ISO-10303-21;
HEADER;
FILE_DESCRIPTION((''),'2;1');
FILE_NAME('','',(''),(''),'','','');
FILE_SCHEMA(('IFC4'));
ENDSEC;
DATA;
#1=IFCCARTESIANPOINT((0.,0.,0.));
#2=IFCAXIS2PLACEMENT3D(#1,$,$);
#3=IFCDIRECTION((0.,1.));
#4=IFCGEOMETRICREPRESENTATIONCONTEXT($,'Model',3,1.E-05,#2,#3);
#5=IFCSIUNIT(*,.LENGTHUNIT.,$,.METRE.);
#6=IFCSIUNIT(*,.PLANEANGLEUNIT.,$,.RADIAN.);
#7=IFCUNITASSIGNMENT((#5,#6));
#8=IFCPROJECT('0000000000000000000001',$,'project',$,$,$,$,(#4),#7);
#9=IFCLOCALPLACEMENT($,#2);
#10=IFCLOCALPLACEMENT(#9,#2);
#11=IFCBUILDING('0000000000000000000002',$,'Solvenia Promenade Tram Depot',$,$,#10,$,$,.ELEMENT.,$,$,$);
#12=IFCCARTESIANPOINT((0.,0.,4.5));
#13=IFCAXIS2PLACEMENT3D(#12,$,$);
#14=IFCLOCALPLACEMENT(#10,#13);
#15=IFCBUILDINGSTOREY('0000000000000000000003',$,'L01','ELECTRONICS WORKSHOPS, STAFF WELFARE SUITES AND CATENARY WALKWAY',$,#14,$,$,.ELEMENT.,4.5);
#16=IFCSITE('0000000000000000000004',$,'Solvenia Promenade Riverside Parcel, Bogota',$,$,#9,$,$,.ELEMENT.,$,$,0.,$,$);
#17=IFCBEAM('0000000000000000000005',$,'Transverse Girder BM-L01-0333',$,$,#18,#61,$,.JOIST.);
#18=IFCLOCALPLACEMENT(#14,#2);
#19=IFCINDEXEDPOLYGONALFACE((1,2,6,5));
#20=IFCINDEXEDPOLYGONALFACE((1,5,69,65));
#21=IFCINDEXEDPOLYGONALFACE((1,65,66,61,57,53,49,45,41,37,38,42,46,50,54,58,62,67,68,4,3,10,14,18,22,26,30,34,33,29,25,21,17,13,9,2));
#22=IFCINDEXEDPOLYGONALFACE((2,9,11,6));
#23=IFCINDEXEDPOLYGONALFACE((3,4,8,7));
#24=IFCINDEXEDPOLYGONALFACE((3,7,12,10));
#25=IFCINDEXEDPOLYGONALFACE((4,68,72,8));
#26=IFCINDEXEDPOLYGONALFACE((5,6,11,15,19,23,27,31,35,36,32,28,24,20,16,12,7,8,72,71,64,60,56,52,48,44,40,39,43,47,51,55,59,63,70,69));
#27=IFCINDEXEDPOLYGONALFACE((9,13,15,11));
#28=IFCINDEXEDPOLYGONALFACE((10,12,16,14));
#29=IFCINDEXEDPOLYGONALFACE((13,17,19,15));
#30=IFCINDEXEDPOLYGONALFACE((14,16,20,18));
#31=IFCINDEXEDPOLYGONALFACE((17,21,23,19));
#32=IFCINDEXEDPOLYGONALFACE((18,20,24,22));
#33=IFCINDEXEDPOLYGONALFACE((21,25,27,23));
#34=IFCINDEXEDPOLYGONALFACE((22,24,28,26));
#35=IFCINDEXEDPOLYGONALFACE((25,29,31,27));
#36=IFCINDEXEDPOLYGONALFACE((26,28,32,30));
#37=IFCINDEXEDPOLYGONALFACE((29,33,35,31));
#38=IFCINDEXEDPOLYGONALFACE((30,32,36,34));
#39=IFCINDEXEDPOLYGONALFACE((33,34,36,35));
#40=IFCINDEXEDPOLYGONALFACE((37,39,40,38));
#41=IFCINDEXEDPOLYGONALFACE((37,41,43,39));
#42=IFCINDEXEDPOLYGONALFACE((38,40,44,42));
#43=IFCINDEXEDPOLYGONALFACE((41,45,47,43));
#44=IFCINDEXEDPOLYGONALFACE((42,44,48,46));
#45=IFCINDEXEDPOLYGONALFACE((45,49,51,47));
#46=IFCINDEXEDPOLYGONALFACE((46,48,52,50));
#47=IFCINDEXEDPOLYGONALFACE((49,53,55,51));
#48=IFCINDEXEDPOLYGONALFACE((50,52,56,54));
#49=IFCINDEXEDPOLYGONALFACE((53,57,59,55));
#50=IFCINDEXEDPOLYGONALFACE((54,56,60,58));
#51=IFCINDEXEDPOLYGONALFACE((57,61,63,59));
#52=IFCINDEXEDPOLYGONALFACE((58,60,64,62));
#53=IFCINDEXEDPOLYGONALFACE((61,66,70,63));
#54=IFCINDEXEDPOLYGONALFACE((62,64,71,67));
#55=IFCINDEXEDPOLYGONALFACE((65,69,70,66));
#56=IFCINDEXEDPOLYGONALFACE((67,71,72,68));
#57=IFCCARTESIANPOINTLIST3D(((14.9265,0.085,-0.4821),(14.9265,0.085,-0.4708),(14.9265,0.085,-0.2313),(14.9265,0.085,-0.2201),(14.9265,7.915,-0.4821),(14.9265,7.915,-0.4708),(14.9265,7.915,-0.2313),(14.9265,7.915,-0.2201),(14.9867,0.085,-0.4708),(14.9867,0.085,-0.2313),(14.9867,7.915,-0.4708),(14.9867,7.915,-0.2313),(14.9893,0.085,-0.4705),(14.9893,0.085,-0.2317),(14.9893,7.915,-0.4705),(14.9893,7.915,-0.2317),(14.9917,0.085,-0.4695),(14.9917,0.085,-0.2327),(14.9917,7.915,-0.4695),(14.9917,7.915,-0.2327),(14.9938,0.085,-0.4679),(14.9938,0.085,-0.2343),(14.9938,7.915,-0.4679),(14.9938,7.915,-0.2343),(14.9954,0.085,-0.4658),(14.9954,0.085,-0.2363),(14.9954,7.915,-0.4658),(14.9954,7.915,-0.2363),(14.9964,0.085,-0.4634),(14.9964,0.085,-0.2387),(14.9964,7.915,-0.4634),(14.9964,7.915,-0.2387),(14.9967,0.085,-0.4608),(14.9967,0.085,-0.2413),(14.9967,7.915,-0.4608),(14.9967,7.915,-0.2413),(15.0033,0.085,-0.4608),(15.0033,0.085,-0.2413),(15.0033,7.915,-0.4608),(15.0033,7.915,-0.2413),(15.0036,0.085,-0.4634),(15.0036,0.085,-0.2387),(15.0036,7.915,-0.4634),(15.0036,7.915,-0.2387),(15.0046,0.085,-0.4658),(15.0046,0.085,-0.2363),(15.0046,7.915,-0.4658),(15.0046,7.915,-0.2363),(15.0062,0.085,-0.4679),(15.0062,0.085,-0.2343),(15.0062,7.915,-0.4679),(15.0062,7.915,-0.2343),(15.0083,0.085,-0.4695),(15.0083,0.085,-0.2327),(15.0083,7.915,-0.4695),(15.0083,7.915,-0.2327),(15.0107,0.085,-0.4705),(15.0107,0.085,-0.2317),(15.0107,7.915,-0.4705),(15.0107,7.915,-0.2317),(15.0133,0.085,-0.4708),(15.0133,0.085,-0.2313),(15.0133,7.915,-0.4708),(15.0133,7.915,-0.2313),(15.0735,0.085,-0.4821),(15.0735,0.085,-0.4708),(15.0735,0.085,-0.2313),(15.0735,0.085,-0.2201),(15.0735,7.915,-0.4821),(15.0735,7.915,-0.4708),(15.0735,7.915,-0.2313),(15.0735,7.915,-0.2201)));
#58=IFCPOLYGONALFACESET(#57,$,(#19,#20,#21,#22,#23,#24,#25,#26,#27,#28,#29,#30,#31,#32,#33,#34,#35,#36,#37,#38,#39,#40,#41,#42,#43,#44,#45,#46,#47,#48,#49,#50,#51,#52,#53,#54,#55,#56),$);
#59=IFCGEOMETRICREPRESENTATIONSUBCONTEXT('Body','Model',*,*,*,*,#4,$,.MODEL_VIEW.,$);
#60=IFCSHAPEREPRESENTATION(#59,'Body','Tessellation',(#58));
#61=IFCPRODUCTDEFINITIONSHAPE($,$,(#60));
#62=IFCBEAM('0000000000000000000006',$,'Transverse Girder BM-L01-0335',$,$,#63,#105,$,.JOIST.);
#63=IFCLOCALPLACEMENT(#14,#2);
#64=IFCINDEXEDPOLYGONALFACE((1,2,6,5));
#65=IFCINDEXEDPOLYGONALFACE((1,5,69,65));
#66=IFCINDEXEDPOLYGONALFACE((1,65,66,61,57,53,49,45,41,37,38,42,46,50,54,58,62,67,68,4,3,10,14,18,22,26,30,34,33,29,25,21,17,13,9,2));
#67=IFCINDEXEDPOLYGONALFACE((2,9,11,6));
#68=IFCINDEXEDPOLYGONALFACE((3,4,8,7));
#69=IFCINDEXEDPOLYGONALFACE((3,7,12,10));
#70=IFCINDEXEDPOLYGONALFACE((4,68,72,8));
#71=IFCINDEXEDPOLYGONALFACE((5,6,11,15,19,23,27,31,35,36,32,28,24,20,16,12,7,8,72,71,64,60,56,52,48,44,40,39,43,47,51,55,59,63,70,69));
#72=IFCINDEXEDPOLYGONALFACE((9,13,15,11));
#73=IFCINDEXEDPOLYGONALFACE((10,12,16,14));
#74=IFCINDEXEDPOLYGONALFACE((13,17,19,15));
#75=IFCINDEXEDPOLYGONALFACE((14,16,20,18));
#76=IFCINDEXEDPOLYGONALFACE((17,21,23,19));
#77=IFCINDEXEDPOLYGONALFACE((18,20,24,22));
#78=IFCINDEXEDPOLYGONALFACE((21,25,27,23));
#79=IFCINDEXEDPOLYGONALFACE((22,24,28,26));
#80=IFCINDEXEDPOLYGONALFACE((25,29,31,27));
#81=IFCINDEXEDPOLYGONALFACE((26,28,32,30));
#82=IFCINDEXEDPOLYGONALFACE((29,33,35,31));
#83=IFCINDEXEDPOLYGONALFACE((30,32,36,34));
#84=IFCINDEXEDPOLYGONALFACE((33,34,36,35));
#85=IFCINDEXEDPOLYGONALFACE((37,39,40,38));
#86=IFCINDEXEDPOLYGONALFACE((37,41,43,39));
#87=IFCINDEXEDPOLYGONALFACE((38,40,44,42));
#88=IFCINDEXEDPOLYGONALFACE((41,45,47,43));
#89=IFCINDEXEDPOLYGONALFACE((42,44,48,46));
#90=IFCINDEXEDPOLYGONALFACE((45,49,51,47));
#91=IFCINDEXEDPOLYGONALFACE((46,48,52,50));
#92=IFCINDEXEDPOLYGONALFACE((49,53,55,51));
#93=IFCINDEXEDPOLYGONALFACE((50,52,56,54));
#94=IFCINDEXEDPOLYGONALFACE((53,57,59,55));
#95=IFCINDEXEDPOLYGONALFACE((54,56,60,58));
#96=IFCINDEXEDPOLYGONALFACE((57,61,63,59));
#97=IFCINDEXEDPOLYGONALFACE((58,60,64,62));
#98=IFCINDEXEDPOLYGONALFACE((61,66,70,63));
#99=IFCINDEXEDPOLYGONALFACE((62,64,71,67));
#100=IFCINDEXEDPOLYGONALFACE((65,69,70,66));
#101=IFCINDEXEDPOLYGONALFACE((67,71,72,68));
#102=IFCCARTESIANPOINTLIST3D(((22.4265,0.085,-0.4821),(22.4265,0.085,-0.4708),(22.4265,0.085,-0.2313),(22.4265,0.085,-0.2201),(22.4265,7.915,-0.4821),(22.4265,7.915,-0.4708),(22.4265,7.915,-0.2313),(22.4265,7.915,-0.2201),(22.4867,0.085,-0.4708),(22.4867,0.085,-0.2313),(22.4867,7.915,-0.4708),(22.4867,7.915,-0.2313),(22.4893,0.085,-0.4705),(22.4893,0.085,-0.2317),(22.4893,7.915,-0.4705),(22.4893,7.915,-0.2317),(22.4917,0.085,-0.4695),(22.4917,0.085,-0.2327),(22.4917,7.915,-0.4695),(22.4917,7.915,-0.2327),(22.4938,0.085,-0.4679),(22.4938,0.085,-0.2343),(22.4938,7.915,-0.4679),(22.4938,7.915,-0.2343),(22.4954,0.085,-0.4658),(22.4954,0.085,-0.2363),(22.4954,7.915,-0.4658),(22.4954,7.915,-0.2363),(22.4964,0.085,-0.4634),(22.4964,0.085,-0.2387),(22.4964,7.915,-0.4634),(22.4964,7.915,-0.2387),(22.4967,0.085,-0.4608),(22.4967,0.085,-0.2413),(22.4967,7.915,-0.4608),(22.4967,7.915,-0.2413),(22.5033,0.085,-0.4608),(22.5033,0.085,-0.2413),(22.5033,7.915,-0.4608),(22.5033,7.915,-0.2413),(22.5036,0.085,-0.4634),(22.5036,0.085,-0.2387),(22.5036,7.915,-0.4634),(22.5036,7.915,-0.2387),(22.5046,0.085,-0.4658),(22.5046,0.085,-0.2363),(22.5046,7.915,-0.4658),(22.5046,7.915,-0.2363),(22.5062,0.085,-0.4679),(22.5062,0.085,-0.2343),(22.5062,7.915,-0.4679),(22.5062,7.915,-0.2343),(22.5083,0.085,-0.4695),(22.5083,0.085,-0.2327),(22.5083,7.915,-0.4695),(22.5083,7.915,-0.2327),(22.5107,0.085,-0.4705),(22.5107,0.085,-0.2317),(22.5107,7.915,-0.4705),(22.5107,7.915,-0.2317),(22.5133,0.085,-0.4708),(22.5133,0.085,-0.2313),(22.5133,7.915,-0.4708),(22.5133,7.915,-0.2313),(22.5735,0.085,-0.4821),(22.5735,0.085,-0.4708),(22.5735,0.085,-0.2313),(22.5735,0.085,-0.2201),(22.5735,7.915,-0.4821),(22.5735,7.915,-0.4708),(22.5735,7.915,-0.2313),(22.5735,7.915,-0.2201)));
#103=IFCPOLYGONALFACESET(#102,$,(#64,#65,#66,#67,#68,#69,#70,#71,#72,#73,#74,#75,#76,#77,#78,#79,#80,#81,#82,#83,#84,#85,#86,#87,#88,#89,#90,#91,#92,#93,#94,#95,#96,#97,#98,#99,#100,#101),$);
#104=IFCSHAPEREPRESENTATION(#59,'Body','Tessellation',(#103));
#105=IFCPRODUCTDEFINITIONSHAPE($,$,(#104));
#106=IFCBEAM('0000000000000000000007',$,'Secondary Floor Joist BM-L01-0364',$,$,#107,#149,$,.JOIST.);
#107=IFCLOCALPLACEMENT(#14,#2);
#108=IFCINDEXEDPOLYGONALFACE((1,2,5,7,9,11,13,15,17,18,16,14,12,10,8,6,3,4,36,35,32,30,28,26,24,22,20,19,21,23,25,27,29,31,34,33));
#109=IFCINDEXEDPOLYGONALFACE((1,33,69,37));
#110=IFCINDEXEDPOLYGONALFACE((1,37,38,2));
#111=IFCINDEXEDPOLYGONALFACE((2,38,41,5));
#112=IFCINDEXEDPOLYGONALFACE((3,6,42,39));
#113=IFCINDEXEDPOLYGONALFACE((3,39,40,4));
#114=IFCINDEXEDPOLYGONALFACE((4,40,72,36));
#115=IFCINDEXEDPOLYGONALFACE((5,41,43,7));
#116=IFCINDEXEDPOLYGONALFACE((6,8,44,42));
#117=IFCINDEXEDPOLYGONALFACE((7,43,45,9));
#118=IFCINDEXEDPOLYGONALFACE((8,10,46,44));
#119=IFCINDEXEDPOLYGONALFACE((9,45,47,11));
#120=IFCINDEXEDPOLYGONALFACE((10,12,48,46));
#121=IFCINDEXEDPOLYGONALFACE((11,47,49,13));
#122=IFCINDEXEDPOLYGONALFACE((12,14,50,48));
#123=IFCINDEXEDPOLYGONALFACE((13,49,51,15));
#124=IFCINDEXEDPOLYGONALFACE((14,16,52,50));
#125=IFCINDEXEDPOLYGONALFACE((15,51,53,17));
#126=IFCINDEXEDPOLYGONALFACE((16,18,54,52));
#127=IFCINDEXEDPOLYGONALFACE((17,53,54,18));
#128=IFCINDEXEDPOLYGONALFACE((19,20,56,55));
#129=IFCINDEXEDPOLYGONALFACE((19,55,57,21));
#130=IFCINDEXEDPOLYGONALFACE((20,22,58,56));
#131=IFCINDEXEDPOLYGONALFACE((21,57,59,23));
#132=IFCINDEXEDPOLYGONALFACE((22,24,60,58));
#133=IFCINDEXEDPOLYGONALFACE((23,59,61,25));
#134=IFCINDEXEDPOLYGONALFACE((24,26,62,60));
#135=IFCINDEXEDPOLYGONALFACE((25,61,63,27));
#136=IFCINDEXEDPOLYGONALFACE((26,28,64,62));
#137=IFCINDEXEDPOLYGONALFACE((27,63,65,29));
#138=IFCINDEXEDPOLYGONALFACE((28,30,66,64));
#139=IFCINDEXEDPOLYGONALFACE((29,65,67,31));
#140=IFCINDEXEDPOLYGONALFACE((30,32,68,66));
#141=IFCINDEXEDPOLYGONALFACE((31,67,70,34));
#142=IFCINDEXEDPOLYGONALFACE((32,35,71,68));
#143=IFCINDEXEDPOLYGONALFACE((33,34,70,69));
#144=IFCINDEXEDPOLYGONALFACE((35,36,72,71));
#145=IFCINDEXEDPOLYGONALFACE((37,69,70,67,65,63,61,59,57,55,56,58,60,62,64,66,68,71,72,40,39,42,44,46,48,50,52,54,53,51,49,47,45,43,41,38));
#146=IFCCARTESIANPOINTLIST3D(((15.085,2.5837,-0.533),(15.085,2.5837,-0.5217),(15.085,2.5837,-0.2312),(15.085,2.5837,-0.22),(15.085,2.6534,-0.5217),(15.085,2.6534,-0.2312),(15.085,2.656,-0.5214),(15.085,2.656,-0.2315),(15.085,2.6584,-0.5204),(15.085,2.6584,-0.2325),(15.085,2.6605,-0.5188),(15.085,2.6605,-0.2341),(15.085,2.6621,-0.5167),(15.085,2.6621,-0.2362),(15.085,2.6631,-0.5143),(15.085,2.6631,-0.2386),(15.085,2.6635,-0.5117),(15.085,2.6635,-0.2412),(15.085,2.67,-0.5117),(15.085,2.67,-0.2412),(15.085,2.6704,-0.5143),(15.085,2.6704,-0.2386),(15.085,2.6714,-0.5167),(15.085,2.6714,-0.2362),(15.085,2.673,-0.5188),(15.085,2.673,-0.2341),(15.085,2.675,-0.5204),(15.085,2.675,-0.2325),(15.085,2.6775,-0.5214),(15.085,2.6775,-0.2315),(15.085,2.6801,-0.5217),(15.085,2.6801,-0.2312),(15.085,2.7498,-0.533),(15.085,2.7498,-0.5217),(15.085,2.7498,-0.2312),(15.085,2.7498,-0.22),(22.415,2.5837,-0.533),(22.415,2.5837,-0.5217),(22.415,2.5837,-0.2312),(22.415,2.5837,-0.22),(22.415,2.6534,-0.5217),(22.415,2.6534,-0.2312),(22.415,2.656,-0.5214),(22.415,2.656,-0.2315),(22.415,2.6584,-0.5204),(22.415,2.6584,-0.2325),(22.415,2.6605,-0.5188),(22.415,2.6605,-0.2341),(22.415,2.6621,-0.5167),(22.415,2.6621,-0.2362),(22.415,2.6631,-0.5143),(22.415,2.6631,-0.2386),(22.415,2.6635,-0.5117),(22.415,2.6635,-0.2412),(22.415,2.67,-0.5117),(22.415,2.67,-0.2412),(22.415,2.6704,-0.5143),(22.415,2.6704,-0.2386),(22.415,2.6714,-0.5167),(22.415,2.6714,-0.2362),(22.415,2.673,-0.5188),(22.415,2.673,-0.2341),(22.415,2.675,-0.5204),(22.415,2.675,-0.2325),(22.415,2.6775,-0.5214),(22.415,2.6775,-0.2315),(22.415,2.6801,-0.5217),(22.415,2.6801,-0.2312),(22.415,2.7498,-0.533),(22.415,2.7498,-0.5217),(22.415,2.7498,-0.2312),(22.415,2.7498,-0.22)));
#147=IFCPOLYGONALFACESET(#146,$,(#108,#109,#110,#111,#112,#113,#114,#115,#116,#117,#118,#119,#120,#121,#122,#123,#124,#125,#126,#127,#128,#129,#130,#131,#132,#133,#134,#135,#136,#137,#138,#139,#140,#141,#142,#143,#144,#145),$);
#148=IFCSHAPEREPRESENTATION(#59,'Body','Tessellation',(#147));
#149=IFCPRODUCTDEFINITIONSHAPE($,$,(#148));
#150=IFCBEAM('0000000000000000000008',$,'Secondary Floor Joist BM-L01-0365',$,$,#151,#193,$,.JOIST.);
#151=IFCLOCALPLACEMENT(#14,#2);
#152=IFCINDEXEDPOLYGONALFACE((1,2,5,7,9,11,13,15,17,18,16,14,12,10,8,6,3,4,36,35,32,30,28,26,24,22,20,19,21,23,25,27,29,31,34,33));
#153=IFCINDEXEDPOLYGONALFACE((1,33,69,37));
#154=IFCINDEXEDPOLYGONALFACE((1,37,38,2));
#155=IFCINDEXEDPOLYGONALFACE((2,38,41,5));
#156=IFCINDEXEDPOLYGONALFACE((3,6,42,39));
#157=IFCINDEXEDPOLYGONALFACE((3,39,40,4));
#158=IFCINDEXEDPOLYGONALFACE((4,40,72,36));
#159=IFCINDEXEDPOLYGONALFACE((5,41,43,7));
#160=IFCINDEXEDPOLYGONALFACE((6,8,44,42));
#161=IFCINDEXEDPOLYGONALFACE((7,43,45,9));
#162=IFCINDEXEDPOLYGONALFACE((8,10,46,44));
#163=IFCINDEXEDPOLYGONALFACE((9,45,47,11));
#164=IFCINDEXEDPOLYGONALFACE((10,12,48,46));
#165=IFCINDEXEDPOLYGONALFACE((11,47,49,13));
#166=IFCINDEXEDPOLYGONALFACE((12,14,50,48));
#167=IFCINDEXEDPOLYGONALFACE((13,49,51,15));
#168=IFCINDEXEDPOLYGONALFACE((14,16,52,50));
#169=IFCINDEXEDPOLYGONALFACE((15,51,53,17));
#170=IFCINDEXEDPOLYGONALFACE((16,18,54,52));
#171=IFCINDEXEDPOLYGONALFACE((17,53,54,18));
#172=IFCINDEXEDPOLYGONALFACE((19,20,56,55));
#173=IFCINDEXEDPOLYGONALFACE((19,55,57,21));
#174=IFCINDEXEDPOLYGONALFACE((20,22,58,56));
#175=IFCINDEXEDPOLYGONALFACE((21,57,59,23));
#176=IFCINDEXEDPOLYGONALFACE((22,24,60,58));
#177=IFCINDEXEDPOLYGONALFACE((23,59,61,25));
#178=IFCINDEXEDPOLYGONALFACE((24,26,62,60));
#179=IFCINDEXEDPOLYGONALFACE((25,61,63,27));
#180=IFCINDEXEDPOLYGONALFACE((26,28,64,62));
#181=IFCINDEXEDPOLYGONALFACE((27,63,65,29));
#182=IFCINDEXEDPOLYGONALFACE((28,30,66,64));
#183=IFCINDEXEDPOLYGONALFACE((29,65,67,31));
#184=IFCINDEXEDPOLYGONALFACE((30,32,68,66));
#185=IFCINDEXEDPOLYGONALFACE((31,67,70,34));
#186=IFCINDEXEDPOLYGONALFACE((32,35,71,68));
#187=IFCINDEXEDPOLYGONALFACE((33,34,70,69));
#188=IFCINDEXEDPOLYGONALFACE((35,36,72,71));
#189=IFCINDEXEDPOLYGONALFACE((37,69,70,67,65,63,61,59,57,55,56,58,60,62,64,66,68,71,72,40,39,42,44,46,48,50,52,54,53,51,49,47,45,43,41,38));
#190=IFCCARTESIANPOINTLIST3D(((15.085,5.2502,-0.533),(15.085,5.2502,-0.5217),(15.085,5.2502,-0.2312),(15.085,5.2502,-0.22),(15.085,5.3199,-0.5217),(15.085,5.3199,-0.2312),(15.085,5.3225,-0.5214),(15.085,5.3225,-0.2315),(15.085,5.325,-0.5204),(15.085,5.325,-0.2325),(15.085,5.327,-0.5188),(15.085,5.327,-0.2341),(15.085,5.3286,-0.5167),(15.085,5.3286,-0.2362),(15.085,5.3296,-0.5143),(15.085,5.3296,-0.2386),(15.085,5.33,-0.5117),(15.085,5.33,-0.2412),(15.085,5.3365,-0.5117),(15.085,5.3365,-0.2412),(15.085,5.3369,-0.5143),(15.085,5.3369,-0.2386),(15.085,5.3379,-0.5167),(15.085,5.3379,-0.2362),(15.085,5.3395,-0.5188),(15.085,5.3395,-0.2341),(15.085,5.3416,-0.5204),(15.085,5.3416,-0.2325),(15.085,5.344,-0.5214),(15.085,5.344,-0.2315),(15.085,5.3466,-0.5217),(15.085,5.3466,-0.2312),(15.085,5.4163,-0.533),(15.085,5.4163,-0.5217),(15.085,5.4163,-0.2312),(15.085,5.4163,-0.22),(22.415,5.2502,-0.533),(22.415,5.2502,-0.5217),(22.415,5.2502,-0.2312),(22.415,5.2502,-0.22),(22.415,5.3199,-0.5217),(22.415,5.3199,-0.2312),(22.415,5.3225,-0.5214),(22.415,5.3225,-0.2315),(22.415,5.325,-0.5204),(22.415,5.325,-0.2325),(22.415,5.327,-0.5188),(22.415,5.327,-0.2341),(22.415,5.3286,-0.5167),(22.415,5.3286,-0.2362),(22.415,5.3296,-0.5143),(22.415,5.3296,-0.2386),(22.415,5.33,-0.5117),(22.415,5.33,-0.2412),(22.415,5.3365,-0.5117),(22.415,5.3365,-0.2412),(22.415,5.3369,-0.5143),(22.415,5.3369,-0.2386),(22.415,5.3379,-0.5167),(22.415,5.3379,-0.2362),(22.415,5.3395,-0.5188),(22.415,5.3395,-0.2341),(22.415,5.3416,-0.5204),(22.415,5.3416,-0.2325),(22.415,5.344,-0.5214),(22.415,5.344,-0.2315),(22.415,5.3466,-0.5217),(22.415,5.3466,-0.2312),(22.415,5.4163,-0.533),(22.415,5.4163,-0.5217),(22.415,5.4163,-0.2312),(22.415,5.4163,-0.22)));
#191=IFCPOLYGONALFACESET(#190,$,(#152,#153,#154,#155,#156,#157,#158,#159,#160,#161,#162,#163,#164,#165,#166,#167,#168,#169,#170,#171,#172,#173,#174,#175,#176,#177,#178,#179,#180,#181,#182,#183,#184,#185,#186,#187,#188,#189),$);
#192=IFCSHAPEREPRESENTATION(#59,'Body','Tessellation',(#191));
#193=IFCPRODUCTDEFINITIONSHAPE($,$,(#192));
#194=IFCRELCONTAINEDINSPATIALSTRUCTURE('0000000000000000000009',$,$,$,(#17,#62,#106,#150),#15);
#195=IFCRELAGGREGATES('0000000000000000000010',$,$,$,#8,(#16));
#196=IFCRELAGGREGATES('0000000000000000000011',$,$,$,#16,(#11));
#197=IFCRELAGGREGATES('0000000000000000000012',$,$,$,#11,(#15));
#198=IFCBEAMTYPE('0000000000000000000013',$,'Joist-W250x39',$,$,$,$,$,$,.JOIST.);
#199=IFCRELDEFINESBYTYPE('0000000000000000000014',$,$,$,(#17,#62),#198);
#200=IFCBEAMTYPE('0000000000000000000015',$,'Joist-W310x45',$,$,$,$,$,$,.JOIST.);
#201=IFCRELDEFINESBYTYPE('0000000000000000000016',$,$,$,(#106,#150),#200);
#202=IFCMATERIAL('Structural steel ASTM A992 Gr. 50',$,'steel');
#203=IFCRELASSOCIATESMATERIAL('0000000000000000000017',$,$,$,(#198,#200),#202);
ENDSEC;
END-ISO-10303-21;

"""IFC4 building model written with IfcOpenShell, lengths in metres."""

from ifc_helpers import new_model, si_unit, direction, frame, origin, origin_2d, place, context, subcontext, project, spatial, i_section, extrude, material, material_profile, profile_set, type_object, element, save


model = new_model("IFC4")

# Units and contexts
model_context = context("Model", 3, precision=1e-05, world=origin(), true_north=direction((0.0, 1.0)))
body_context = subcontext(model_context, "Body", "Model", "MODEL_VIEW")
ifc_project = project(units=[si_unit("LENGTHUNIT", "METRE"), si_unit("PLANEANGLEUNIT", "RADIAN")], contexts=[model_context])

# Site, building, storey
site_placement = place(None, origin())
site = spatial("IfcSite", under=ifc_project, at=site_placement, Name="Solvenia Promenade Riverside Parcel, Bogota", CompositionType="ELEMENT", RefElevation=0.0)
building_placement = place(site_placement, origin())
building = spatial("IfcBuilding", under=site, at=building_placement, Name="Solvenia Promenade Tram Depot", CompositionType="ELEMENT")
storey_placement = place(building_placement, frame((0.0, 0.0, 4.5)))
storey = spatial("IfcBuildingStorey", under=building, at=storey_placement, Name="L01", Description="ELECTRONICS WORKSHOPS, STAFF WELFARE SUITES AND CATENARY WALKWAY", CompositionType="ELEMENT", Elevation=4.5)

# Beams
ifc_material_1 = material(Name="Structural steel ASTM A992 Gr. 50", Category="steel")
ifc_material_profile_1 = material_profile(ifc_material_1, i_section(OverallWidth=0.147, OverallDepth=0.262, WebThickness=0.0066, FlangeThickness=0.0112, FilletRadius=0.01, at=origin_2d()), Name="W250x39", Category="steel")
ifc_profile_set_1 = profile_set([ifc_material_profile_1], Name="Structural steel ASTM A992 Gr. 50")
beam_type_1 = type_object("IfcBeamType", Name="Joist-W250x39", PredefinedType="JOIST", material=ifc_profile_set_1)
for number, where, z_axis, x_axis, name in (
    (1, (15.0, 0.085, -0.3511), (0.0, 1.0, 0.0), (-1.0, 0.0, 0.0), "Transverse Girder BM-L01-0333"),
    (2, (22.5, 0.085, -0.3511), (0.0, 1.0, 0.0), (-1.0, 0.0, 0.0), "Transverse Girder BM-L01-0335"),
):
    element("IfcBeam", number, at=place(storey_placement, frame(where, z_axis=z_axis, x_axis=x_axis)), inside=storey, type_object=beam_type_1, Name=name, PredefinedType="JOIST", context=body_context, shape_type="SweptSolid", body=[
        extrude(i_section(OverallWidth=0.147, OverallDepth=0.262, WebThickness=0.0066, FlangeThickness=0.0112, FilletRadius=0.01, at=origin_2d()), origin(), (0.0, 0.0, 1.0), 7.8301),
    ])
ifc_material_profile_2 = material_profile(ifc_material_1, i_section(OverallWidth=0.166, OverallDepth=0.313, WebThickness=0.0066, FlangeThickness=0.0112, FilletRadius=0.01, at=origin_2d()), Name="W310x45", Category="steel")
ifc_profile_set_2 = profile_set([ifc_material_profile_2], Name="Structural steel ASTM A992 Gr. 50")
beam_type_2 = type_object("IfcBeamType", Name="Joist-W310x45", PredefinedType="JOIST", material=ifc_profile_set_2)
for number, where, z_axis, x_axis, name in (
    (3, (15.085, 2.6667, -0.3765), (1.0, 0.0, 0.0), (0.0, 1.0, 0.0), "Secondary Floor Joist BM-L01-0364"),
    (4, (15.085, 5.3333, -0.3765), (1.0, 0.0, 0.0), (0.0, 1.0, 0.0), "Secondary Floor Joist BM-L01-0365"),
):
    element("IfcBeam", number, at=place(storey_placement, frame(where, z_axis=z_axis, x_axis=x_axis)), inside=storey, type_object=beam_type_2, Name=name, PredefinedType="JOIST", context=body_context, shape_type="SweptSolid", body=[
        extrude(i_section(OverallWidth=0.166, OverallDepth=0.313, WebThickness=0.0066, FlangeThickness=0.0112, FilletRadius=0.01, at=origin_2d()), origin(), (0.0, 0.0, 1.0), 7.3301),
    ])

save(model, "model.ifc")
